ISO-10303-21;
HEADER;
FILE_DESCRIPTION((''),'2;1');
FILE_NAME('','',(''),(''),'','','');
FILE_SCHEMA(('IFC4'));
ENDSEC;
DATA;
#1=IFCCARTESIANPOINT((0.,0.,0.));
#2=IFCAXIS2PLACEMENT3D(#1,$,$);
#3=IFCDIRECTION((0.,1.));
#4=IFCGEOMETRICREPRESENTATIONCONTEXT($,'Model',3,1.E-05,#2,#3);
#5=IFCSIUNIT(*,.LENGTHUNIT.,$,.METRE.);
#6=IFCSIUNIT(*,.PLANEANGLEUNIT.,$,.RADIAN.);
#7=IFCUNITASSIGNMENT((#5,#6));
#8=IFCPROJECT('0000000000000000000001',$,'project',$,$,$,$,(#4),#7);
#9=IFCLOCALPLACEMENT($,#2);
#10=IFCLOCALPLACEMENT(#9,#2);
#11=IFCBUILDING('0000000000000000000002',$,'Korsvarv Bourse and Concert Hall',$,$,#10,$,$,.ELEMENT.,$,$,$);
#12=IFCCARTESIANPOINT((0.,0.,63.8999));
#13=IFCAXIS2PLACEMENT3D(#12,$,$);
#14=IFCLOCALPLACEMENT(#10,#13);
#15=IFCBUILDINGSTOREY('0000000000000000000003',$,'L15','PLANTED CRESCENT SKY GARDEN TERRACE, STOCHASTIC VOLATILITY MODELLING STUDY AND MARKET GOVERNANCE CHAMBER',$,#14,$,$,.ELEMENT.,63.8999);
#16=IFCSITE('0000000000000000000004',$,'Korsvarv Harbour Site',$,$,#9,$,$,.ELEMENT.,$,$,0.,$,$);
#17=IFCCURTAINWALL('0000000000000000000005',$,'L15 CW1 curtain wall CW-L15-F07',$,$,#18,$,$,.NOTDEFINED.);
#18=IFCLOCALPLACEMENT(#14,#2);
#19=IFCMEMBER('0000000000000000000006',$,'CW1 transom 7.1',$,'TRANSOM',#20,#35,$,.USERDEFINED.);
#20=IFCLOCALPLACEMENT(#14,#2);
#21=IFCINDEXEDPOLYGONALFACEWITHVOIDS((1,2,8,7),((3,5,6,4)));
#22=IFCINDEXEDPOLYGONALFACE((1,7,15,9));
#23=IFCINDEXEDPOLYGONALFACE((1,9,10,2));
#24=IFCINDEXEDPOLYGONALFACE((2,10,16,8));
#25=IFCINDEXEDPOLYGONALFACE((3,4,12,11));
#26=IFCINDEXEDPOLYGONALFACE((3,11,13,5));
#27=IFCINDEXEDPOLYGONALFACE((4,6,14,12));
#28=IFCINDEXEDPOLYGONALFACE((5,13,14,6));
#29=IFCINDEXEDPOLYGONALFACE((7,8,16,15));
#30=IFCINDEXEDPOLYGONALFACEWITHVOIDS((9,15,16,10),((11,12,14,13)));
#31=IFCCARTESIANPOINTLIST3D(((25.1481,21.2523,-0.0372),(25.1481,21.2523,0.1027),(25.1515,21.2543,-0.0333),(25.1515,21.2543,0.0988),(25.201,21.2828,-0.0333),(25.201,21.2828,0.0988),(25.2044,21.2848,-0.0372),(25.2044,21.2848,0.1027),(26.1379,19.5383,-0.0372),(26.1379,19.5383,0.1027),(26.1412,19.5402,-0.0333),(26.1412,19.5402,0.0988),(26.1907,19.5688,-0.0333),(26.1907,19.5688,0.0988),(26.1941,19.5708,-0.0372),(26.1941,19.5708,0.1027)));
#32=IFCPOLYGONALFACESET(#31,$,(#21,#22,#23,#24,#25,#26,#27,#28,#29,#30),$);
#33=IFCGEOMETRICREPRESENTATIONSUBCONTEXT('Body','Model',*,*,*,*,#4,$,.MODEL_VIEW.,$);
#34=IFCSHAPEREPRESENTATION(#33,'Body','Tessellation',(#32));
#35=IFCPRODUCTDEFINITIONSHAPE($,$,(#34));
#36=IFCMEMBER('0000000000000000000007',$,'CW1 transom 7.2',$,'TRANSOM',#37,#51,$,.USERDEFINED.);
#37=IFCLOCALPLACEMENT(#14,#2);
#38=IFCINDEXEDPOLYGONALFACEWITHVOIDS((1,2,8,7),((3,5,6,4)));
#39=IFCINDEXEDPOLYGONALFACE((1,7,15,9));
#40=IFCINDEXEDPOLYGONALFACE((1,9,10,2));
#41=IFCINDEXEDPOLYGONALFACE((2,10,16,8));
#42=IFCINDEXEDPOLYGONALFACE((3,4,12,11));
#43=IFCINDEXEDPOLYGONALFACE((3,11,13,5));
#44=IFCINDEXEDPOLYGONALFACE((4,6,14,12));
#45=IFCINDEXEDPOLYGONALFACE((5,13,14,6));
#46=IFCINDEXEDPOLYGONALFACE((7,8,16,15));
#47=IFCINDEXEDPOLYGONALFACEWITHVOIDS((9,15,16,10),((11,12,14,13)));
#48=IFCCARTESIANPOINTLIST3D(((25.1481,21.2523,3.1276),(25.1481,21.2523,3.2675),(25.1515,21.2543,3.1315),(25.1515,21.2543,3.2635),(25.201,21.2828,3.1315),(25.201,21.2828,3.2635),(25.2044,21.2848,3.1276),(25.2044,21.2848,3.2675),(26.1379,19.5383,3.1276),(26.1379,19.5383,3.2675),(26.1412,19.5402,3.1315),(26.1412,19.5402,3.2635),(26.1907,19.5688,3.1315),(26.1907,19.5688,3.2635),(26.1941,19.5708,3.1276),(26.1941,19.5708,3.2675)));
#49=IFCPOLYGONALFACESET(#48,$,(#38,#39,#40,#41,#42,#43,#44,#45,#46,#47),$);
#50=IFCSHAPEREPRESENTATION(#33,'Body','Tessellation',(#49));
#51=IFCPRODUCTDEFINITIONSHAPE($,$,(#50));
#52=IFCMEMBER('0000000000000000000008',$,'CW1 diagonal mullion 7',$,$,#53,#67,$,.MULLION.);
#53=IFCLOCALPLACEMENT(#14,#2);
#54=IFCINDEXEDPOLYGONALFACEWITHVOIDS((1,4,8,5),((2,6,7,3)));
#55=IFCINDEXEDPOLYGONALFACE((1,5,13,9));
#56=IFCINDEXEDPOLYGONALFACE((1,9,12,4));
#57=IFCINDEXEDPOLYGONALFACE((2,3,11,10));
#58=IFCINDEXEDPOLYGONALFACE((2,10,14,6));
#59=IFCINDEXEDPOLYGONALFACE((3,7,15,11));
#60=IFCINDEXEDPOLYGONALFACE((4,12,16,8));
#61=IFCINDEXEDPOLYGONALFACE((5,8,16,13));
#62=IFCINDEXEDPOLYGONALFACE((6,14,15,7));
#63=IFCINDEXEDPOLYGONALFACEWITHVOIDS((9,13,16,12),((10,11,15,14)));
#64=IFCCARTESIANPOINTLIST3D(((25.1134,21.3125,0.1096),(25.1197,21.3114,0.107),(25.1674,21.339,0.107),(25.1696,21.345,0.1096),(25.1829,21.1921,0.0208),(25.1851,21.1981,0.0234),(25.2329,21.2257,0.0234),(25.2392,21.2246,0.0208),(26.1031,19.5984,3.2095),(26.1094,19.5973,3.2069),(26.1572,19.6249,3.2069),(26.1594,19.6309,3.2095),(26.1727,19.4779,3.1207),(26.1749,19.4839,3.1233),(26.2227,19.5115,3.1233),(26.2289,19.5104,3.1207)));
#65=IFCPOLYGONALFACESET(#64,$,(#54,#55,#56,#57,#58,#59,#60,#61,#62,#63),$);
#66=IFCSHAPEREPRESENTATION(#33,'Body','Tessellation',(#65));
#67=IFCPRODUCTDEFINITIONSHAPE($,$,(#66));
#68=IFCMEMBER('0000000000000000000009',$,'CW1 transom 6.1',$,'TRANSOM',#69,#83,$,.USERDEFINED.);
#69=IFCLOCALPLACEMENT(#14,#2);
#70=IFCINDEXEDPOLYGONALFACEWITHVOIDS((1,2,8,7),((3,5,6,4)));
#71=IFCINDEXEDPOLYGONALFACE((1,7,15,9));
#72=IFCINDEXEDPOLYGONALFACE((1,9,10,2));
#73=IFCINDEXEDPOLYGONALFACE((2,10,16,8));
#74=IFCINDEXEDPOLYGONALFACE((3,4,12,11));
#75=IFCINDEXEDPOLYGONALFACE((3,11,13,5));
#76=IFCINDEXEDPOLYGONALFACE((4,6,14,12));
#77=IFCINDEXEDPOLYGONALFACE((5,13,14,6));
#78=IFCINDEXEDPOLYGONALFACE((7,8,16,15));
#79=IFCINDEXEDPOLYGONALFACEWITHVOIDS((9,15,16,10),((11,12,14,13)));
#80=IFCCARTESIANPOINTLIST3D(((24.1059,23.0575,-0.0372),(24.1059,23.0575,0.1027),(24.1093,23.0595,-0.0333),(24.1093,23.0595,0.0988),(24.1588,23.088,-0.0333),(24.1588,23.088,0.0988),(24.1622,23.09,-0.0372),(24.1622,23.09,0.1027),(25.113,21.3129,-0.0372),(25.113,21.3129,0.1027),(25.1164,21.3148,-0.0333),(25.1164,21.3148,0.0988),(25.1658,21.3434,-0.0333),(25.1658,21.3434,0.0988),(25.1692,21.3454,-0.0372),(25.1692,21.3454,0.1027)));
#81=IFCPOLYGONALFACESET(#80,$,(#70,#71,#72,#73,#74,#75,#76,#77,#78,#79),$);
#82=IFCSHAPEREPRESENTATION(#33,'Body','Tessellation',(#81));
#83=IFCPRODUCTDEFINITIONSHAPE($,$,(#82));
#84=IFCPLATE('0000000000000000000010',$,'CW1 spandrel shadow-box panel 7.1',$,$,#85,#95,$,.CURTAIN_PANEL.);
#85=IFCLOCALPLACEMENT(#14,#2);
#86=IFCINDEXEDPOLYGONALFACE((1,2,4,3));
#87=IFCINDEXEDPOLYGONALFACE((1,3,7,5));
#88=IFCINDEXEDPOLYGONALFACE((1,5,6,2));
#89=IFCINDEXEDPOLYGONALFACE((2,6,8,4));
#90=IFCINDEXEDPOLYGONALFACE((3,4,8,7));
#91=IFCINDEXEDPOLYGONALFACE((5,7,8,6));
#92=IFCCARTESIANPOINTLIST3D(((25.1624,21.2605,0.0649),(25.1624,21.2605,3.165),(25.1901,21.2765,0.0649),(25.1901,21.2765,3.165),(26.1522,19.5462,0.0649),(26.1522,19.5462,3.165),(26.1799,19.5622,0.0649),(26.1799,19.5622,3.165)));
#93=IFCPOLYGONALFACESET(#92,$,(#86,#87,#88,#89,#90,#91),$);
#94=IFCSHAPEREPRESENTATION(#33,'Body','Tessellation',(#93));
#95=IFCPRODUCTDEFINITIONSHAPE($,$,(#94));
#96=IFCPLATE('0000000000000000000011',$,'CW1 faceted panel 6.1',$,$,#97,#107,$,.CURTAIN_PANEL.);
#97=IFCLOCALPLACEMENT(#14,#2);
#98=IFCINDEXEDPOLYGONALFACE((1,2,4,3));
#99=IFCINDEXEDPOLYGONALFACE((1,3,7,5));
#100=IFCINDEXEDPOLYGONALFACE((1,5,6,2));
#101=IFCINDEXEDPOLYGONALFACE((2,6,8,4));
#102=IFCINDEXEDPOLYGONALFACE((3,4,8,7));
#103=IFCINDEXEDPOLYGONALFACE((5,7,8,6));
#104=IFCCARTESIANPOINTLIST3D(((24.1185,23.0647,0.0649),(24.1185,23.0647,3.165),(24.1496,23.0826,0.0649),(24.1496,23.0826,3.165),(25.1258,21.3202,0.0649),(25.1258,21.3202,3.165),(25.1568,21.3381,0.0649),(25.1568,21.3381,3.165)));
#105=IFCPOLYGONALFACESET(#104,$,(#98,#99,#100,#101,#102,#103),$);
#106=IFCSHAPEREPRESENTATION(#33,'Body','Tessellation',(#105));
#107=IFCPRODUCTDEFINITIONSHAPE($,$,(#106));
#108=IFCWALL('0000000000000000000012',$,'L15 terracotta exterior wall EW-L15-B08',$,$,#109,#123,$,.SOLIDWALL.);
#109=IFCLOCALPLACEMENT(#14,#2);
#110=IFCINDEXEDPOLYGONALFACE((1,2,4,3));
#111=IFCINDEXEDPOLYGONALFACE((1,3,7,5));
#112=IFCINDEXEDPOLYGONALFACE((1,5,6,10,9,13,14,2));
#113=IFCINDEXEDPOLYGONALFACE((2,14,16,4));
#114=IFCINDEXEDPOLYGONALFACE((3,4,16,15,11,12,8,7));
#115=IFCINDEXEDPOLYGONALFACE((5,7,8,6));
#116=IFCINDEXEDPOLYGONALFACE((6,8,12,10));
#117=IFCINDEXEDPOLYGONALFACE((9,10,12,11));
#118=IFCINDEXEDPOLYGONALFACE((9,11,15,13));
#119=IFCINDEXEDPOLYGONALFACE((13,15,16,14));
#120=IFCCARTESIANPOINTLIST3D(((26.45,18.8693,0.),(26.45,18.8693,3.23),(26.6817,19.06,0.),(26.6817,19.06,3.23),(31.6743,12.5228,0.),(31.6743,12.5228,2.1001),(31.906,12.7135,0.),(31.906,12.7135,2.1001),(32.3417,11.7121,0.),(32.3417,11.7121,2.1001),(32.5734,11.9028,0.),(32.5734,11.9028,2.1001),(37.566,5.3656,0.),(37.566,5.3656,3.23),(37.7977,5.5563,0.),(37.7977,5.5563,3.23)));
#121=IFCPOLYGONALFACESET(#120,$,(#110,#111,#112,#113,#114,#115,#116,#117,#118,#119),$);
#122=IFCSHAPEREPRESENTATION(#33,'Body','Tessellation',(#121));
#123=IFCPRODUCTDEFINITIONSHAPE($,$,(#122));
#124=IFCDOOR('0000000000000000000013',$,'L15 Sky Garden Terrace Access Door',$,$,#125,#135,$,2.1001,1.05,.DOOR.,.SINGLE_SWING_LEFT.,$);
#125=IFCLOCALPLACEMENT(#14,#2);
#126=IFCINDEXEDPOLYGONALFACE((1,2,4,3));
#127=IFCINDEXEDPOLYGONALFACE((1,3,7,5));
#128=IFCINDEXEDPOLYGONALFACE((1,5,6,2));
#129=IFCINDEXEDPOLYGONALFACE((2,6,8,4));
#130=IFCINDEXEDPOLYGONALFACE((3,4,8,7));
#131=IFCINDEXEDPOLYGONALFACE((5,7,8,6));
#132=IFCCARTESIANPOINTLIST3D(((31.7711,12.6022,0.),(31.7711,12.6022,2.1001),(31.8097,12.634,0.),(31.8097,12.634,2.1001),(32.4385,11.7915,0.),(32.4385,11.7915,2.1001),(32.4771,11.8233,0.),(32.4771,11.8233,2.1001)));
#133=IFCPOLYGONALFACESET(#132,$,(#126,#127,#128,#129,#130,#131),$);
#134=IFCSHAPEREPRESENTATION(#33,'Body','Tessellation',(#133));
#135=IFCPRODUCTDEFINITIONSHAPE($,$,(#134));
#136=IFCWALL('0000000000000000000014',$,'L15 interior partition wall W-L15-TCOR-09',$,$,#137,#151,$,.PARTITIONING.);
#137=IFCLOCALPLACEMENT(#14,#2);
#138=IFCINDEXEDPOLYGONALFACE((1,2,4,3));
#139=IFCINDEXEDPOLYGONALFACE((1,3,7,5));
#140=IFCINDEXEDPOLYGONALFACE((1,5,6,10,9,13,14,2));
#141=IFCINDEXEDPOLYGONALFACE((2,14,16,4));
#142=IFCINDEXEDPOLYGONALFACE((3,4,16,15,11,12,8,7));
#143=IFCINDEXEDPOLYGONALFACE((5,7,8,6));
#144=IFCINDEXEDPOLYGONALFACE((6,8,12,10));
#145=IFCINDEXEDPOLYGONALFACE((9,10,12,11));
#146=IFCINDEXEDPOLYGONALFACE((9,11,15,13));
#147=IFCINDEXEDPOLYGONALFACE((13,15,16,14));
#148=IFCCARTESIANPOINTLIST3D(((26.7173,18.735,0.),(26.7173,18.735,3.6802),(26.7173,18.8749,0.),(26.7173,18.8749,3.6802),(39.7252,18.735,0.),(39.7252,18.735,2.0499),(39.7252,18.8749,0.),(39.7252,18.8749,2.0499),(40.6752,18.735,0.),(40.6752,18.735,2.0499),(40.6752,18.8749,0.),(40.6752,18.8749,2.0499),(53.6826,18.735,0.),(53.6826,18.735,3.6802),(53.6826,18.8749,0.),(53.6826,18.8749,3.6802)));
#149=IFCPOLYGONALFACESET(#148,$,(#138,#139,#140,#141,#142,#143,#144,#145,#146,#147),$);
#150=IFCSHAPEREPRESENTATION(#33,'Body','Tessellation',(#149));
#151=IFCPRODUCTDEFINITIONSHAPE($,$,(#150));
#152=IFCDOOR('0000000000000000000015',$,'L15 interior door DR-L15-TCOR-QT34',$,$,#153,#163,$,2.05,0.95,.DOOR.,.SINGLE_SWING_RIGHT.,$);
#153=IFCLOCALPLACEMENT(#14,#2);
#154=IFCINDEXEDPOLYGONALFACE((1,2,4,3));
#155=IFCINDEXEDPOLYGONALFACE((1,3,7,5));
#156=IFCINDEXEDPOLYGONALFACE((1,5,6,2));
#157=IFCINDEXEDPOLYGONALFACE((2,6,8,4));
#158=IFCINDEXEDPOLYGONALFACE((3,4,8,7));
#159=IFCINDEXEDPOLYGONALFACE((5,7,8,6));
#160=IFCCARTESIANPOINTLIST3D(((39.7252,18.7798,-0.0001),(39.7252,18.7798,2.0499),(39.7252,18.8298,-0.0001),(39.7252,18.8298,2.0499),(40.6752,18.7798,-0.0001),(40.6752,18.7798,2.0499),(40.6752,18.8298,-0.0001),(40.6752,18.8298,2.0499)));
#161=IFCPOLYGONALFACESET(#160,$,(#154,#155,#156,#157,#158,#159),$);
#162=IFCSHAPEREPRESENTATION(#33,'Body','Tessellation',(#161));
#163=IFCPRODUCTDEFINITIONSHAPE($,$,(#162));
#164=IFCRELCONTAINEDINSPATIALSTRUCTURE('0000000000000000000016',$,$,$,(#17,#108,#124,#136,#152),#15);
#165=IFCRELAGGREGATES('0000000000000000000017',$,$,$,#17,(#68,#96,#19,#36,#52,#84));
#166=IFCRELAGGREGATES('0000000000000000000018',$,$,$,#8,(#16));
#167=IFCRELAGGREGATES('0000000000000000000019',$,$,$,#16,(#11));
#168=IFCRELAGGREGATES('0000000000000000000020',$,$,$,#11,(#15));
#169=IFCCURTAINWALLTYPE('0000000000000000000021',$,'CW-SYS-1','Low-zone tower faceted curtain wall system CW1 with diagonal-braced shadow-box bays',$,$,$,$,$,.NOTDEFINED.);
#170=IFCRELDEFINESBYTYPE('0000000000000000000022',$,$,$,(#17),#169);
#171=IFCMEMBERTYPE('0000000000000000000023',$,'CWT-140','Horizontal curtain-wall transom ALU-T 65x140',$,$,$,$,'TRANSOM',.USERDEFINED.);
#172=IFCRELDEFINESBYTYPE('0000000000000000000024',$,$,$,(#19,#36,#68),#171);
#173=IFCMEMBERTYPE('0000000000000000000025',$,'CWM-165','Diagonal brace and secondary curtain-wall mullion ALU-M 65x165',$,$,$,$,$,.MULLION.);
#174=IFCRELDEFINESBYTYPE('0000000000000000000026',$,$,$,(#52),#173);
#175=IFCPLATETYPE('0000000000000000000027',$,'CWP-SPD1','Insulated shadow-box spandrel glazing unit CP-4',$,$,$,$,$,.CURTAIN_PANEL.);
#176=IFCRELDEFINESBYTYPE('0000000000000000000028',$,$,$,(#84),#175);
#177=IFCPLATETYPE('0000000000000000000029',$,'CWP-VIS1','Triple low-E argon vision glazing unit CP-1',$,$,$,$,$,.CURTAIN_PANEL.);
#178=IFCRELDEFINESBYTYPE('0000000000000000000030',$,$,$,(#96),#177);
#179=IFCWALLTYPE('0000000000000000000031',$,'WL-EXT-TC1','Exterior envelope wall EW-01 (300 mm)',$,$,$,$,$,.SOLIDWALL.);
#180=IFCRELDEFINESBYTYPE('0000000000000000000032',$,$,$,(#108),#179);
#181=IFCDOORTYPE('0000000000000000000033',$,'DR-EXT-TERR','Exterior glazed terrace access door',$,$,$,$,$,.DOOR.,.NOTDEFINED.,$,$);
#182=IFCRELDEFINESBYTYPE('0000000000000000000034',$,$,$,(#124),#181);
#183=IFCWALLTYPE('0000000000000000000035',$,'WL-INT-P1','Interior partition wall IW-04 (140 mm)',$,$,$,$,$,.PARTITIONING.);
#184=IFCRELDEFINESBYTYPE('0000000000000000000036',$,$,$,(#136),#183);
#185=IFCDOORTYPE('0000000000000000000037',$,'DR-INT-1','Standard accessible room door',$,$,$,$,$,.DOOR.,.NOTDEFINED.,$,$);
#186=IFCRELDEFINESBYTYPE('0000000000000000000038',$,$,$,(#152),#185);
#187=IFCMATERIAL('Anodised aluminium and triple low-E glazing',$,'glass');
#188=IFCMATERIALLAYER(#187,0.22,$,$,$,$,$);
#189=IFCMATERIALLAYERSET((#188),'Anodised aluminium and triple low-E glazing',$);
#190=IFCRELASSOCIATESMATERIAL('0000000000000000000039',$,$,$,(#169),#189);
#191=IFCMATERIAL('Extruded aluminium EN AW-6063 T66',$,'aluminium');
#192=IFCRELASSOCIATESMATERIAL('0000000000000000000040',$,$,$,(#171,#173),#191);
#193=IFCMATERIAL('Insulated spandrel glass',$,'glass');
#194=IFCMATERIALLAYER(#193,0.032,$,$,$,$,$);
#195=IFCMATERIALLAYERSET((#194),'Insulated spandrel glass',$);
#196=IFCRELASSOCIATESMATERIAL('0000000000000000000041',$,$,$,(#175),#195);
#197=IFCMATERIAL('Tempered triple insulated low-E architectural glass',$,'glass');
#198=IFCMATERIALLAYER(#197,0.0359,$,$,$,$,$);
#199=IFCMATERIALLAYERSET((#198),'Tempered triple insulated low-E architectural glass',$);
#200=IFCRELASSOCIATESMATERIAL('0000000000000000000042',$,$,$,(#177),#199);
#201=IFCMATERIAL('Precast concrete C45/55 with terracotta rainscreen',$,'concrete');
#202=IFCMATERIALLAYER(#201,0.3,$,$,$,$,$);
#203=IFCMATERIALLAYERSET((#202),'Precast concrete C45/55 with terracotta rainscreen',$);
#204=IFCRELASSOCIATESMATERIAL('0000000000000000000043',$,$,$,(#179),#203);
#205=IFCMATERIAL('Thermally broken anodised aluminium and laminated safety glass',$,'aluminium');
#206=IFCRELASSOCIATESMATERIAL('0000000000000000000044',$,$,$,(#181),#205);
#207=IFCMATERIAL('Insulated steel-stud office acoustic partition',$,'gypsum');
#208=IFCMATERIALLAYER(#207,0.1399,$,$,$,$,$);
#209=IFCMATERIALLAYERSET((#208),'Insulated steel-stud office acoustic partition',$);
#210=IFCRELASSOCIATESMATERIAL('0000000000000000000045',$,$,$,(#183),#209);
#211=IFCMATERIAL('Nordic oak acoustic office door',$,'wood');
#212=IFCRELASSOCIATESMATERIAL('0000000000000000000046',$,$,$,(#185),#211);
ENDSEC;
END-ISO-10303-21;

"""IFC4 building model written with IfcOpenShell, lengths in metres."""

from ifc_helpers import new_model, si_unit, direction, frame, frame_2d, origin, origin_2d, place, context, subcontext, project, spatial, rectangle, hollow_rectangle, extrude, source, transform, mapped, material, layer, layer_set, material_profile, profile_set, type_object, element, fill, aggregate, save


model = new_model("IFC4")

# Units and contexts
model_context = context("Model", 3, precision=1e-05, world=origin(), true_north=direction((0.0, 1.0)))
body_context = subcontext(model_context, "Body", "Model", "MODEL_VIEW")
ifc_project = project(units=[si_unit("LENGTHUNIT", "METRE"), si_unit("PLANEANGLEUNIT", "RADIAN")], contexts=[model_context])

# Site, building, storey
site_placement = place(None, origin())
site = spatial("IfcSite", under=ifc_project, at=site_placement, Name="Korsvarv Harbour Site", CompositionType="ELEMENT", RefElevation=0.0)
building_placement = place(site_placement, origin())
building = spatial("IfcBuilding", under=site, at=building_placement, Name="Korsvarv Bourse and Concert Hall", CompositionType="ELEMENT")
storey_placement = place(building_placement, frame((0.0, 0.0, 63.8999)))
storey = spatial("IfcBuildingStorey", under=building, at=storey_placement, Name="L15", Description="PLANTED CRESCENT SKY GARDEN TERRACE, STOCHASTIC VOLATILITY MODELLING STUDY AND MARKET GOVERNANCE CHAMBER", CompositionType="ELEMENT", Elevation=63.8999)

# Curtain wall, members, plates
ifc_material_1 = material(Name="Anodised aluminium and triple low-E glazing", Category="glass")
ifc_layer_1 = layer(ifc_material_1, 0.22)
ifc_layer_set_1 = layer_set([ifc_layer_1], Name="Anodised aluminium and triple low-E glazing")
curtain_wall_type = type_object("IfcCurtainWallType", Name="CW-SYS-1", Description="Low-zone tower faceted curtain wall system CW1 with diagonal-braced shadow-box bays", PredefinedType="NOTDEFINED", material=ifc_layer_set_1)
curtain_wall_placement = place(storey_placement, origin())
curtain_wall = element("IfcCurtainWall", 1, at=curtain_wall_placement, inside=storey, type_object=curtain_wall_type, Name="L15 CW1 curtain wall CW-L15-F07", PredefinedType="NOTDEFINED")
ifc_material_2 = material(Name="Extruded aluminium EN AW-6063 T66", Category="aluminium")
ifc_material_profile_1 = material_profile(ifc_material_2, hollow_rectangle(XDim=0.0649, YDim=0.1399, WallThickness=0.0039, at=origin_2d()), Name="ALU-T 65x140")
ifc_profile_set_1 = profile_set([ifc_material_profile_1], Name="Extruded aluminium EN AW-6063 T66")
member_type_1 = type_object("IfcMemberType", Name="CWT-140", Description="Horizontal curtain-wall transom ALU-T 65x140", ElementType="TRANSOM", PredefinedType="USERDEFINED", material=ifc_profile_set_1)
shared_shape_1 = source(origin(), body_context, "Body", "SweptSolid", [
    extrude(hollow_rectangle(XDim=0.0649, YDim=0.1399, WallThickness=0.0039, at=origin_2d()), origin(), (0.0, 0.0, 1.0), 1.9792),
])
member_1_placement = place(storey_placement, frame((25.1763, 21.2686, 0.0327), z_axis=(0.500039, -0.866003, 0.0), x_axis=(0.866003, 0.500039, 0.0)))
member_1 = element("IfcMember", 2, at=member_1_placement, type_object=member_type_1, Name="CW1 transom 7.1", ObjectType="TRANSOM", PredefinedType="USERDEFINED", context=body_context, shape_type="MappedRepresentation", body=[
    mapped(shared_shape_1, transform((0.0, 0.0, 0.0), scale=1.0)),
])
member_2_placement = place(storey_placement, frame((25.1763, 21.2686, 3.1975), z_axis=(0.500039, -0.866003, 0.0), x_axis=(0.866003, 0.500039, 0.0)))
member_2 = element("IfcMember", 3, at=member_2_placement, type_object=member_type_1, Name="CW1 transom 7.2", ObjectType="TRANSOM", PredefinedType="USERDEFINED", context=body_context, shape_type="MappedRepresentation", body=[
    mapped(shared_shape_1, transform((0.0, 0.0, 0.0), scale=1.0)),
])
ifc_material_profile_2 = material_profile(ifc_material_2, hollow_rectangle(XDim=0.0649, YDim=0.165, WallThickness=0.0049, at=origin_2d()), Name="ALU-M 65x165")
ifc_profile_set_2 = profile_set([ifc_material_profile_2], Name="Extruded aluminium EN AW-6063 T66")
member_type_2 = type_object("IfcMemberType", Name="CWM-165", Description="Diagonal brace and secondary curtain-wall mullion ALU-M 65x165", PredefinedType="MULLION", material=ifc_profile_set_2)
shared_shape_2 = source(origin(), body_context, "Body", "SweptSolid", [
    extrude(hollow_rectangle(XDim=0.0649, YDim=0.165, WallThickness=0.0049, at=origin_2d()), origin(), (0.0, 0.0, 1.0), 3.678),
])
member_3_placement = place(storey_placement, frame((25.1763, 21.2686, 0.0652), z_axis=(0.269107, -0.466058, 0.842835), x_axis=(0.866003, 0.500039, 0.0)))
member_3 = element("IfcMember", 4, at=member_3_placement, type_object=member_type_2, Name="CW1 diagonal mullion 7", PredefinedType="MULLION", context=body_context, shape_type="MappedRepresentation", body=[
    mapped(shared_shape_2, transform((0.0, 0.0, 0.0), scale=1.0)),
])
shared_shape_3 = source(origin(), body_context, "Body", "SweptSolid", [
    extrude(hollow_rectangle(XDim=0.0649, YDim=0.1399, WallThickness=0.0039, at=origin_2d()), origin(), (0.0, 0.0, 1.0), 2.0144),
])
member_4_placement = place(storey_placement, frame((24.134, 23.0737, 0.0327), z_axis=(0.499932, -0.866064, 0.0), x_axis=(0.866064, 0.499932, 0.0)))
member_4 = element("IfcMember", 5, at=member_4_placement, type_object=member_type_1, Name="CW1 transom 6.1", ObjectType="TRANSOM", PredefinedType="USERDEFINED", context=body_context, shape_type="MappedRepresentation", body=[
    mapped(shared_shape_3, transform((0.0, 0.0, 0.0), scale=1.0)),
])
ifc_material_3 = material(Name="Insulated spandrel glass", Category="glass")
ifc_layer_2 = layer(ifc_material_3, 0.032)
ifc_layer_set_2 = layer_set([ifc_layer_2], Name="Insulated spandrel glass")
plate_type_1 = type_object("IfcPlateType", Name="CWP-SPD1", Description="Insulated shadow-box spandrel glazing unit CP-4", PredefinedType="CURTAIN_PANEL", material=ifc_layer_set_2)
shared_shape_4 = source(origin(), body_context, "Body", "SweptSolid", [
    extrude(rectangle(XDim=1.9795, YDim=0.032, at=origin_2d()), origin(), (0.0, 0.0, 1.0), 3.1001),
])
plate_1_placement = place(storey_placement, frame((25.6711, 20.4114, 0.0649), z_axis=(0.0, 0.0, 1.0), x_axis=(0.500006, -0.866022, 0.0)))
plate_1 = element("IfcPlate", 6, at=plate_1_placement, type_object=plate_type_1, Name="CW1 spandrel shadow-box panel 7.1", PredefinedType="CURTAIN_PANEL", context=body_context, shape_type="MappedRepresentation", body=[
    mapped(shared_shape_4, transform((0.0, 0.0, 0.0), scale=1.0)),
])
ifc_material_4 = material(Name="Tempered triple insulated low-E architectural glass", Category="glass")
ifc_layer_3 = layer(ifc_material_4, 0.0359)
ifc_layer_set_3 = layer_set([ifc_layer_3], Name="Tempered triple insulated low-E architectural glass")
plate_type_2 = type_object("IfcPlateType", Name="CWP-VIS1", Description="Triple low-E argon vision glazing unit CP-1", PredefinedType="CURTAIN_PANEL", material=ifc_layer_set_3)
shared_shape_5 = source(origin(), body_context, "Body", "SweptSolid", [
    extrude(rectangle(XDim=2.0144, YDim=0.0359, at=origin_2d()), origin(), (0.0, 0.0, 1.0), 3.1001),
])
plate_2_placement = place(storey_placement, frame((24.6377, 22.2014, 0.0649), z_axis=(0.0, 0.0, 1.0), x_axis=(0.500006, -0.866022, 0.0)))
plate_2 = element("IfcPlate", 7, at=plate_2_placement, type_object=plate_type_2, Name="CW1 faceted panel 6.1", PredefinedType="CURTAIN_PANEL", context=body_context, shape_type="MappedRepresentation", body=[
    mapped(shared_shape_5, transform((0.0, 0.0, 0.0), scale=1.0)),
])
aggregate(curtain_wall, [member_4, plate_2, member_1, member_2, member_3, plate_1])

# Walls, openings, doors
ifc_material_5 = material(Name="Precast concrete C45/55 with terracotta rainscreen", Category="concrete")
ifc_layer_4 = layer(ifc_material_5, 0.3)
ifc_layer_set_4 = layer_set([ifc_layer_4], Name="Precast concrete C45/55 with terracotta rainscreen")
wall_type_1 = type_object("IfcWallType", Name="WL-EXT-TC1", Description="Exterior envelope wall EW-01 (300 mm)", PredefinedType="SOLIDWALL", material=ifc_layer_set_4)
wall_1_placement = place(storey_placement, frame((26.5659, 18.9646, 0.0), z_axis=(0.0, 0.0, 1.0), x_axis=(0.635547, -0.772062, 0.0)))
wall_1 = element("IfcWall", 8, at=wall_1_placement, inside=storey, type_object=wall_type_1, Name="L15 terracotta exterior wall EW-L15-B08", PredefinedType="SOLIDWALL", context=body_context, shape_type="SweptSolid", body=[
    extrude(rectangle(XDim=17.4905, YDim=0.3, at=frame_2d((8.7451, 0.0))), origin(), (0.0, 0.0, 1.0), 3.23),
])
opening_1_placement = place(wall_1_placement, frame((8.2202, 0.0, 0.0)))
opening_1 = element("IfcOpeningElement", 9, at=opening_1_placement, cuts=wall_1, PredefinedType="OPENING", context=body_context, shape_type="SweptSolid", body=[
    extrude(rectangle(XDim=1.05, YDim=2.1001, at=frame_2d((0.5249, 1.05))), frame((0.0, 0.1602, 0.0), z_axis=(0.0, -1.0, 0.0), x_axis=(1.0, 0.0, 0.0)), (0.0, 0.0, 1.0), 0.3201),
])
ifc_material_6 = material(Name="Thermally broken anodised aluminium and laminated safety glass", Category="aluminium")
door_type_1 = type_object("IfcDoorType", Name="DR-EXT-TERR", Description="Exterior glazed terrace access door", OperationType="NOTDEFINED", PredefinedType="DOOR", material=ifc_material_6)
door_1_placement = place(opening_1_placement, frame((1.05, 0.0, 0.0), z_axis=(0.0, 0.0, 1.0), x_axis=(-1.0, 0.0, 0.0)))
door_1 = element("IfcDoor", 10, at=door_1_placement, inside=storey, type_object=door_type_1, Name="L15 Sky Garden Terrace Access Door", OperationType="SINGLE_SWING_LEFT", OverallHeight=2.1001, OverallWidth=1.05, PredefinedType="DOOR", context=body_context, shape_type="SweptSolid", body=[
    extrude(rectangle(XDim=1.05, YDim=2.1001, at=frame_2d((0.5249, 1.05))), frame((0.0, 0.0249, 0.0), z_axis=(0.0, -1.0, 0.0), x_axis=(1.0, 0.0, 0.0)), (0.0, 0.0, 1.0), 0.05),
])
fill(opening_1, door_1)
ifc_material_7 = material(Name="Insulated steel-stud office acoustic partition", Category="gypsum")
ifc_layer_5 = layer(ifc_material_7, 0.1399)
ifc_layer_set_5 = layer_set([ifc_layer_5], Name="Insulated steel-stud office acoustic partition")
wall_type_2 = type_object("IfcWallType", Name="WL-INT-P1", Description="Interior partition wall IW-04 (140 mm)", PredefinedType="PARTITIONING", material=ifc_layer_set_5)
wall_2_placement = place(storey_placement, frame((26.7173, 18.8049, 0.0), z_axis=(0.0, 0.0, 1.0), x_axis=(1.0, 0.0, 0.0)))
wall_2 = element("IfcWall", 11, at=wall_2_placement, inside=storey, type_object=wall_type_2, Name="L15 interior partition wall W-L15-TCOR-09", PredefinedType="PARTITIONING", context=body_context, shape_type="SweptSolid", body=[
    extrude(rectangle(XDim=26.9653, YDim=0.1399, at=frame_2d((13.4827, 0.0))), origin(), (0.0, 0.0, 1.0), 3.6802),
])
opening_2_placement = place(wall_2_placement, frame((13.0078, 0.0, 0.0)))
opening_2 = element("IfcOpeningElement", 12, at=opening_2_placement, cuts=wall_2, PredefinedType="OPENING", context=body_context, shape_type="SweptSolid", body=[
    extrude(rectangle(XDim=0.95, YDim=2.05, at=frame_2d((0.4751, 1.0249))), frame((0.0, 0.0801, 0.0), z_axis=(0.0, -1.0, 0.0), x_axis=(1.0, 0.0, 0.0)), (0.0, 0.0, 1.0), 0.1599),
])
ifc_material_8 = material(Name="Nordic oak acoustic office door", Category="wood")
door_type_2 = type_object("IfcDoorType", Name="DR-INT-1", Description="Standard accessible room door", OperationType="NOTDEFINED", PredefinedType="DOOR", material=ifc_material_8)
door_2_placement = place(opening_2_placement, origin())
door_2 = element("IfcDoor", 13, at=door_2_placement, inside=storey, type_object=door_type_2, Name="L15 interior door DR-L15-TCOR-QT34", OperationType="SINGLE_SWING_RIGHT", OverallHeight=2.05, OverallWidth=0.95, PredefinedType="DOOR", context=body_context, shape_type="SweptSolid", body=[
    extrude(rectangle(XDim=0.95, YDim=2.05, at=frame_2d((0.4751, 1.0249))), frame((0.0, 0.0249, 0.0), z_axis=(0.0, -1.0, 0.0), x_axis=(1.0, 0.0, 0.0)), (0.0, 0.0, 1.0), 0.05),
])
fill(opening_2, door_2)

save(model, "model.ifc")
